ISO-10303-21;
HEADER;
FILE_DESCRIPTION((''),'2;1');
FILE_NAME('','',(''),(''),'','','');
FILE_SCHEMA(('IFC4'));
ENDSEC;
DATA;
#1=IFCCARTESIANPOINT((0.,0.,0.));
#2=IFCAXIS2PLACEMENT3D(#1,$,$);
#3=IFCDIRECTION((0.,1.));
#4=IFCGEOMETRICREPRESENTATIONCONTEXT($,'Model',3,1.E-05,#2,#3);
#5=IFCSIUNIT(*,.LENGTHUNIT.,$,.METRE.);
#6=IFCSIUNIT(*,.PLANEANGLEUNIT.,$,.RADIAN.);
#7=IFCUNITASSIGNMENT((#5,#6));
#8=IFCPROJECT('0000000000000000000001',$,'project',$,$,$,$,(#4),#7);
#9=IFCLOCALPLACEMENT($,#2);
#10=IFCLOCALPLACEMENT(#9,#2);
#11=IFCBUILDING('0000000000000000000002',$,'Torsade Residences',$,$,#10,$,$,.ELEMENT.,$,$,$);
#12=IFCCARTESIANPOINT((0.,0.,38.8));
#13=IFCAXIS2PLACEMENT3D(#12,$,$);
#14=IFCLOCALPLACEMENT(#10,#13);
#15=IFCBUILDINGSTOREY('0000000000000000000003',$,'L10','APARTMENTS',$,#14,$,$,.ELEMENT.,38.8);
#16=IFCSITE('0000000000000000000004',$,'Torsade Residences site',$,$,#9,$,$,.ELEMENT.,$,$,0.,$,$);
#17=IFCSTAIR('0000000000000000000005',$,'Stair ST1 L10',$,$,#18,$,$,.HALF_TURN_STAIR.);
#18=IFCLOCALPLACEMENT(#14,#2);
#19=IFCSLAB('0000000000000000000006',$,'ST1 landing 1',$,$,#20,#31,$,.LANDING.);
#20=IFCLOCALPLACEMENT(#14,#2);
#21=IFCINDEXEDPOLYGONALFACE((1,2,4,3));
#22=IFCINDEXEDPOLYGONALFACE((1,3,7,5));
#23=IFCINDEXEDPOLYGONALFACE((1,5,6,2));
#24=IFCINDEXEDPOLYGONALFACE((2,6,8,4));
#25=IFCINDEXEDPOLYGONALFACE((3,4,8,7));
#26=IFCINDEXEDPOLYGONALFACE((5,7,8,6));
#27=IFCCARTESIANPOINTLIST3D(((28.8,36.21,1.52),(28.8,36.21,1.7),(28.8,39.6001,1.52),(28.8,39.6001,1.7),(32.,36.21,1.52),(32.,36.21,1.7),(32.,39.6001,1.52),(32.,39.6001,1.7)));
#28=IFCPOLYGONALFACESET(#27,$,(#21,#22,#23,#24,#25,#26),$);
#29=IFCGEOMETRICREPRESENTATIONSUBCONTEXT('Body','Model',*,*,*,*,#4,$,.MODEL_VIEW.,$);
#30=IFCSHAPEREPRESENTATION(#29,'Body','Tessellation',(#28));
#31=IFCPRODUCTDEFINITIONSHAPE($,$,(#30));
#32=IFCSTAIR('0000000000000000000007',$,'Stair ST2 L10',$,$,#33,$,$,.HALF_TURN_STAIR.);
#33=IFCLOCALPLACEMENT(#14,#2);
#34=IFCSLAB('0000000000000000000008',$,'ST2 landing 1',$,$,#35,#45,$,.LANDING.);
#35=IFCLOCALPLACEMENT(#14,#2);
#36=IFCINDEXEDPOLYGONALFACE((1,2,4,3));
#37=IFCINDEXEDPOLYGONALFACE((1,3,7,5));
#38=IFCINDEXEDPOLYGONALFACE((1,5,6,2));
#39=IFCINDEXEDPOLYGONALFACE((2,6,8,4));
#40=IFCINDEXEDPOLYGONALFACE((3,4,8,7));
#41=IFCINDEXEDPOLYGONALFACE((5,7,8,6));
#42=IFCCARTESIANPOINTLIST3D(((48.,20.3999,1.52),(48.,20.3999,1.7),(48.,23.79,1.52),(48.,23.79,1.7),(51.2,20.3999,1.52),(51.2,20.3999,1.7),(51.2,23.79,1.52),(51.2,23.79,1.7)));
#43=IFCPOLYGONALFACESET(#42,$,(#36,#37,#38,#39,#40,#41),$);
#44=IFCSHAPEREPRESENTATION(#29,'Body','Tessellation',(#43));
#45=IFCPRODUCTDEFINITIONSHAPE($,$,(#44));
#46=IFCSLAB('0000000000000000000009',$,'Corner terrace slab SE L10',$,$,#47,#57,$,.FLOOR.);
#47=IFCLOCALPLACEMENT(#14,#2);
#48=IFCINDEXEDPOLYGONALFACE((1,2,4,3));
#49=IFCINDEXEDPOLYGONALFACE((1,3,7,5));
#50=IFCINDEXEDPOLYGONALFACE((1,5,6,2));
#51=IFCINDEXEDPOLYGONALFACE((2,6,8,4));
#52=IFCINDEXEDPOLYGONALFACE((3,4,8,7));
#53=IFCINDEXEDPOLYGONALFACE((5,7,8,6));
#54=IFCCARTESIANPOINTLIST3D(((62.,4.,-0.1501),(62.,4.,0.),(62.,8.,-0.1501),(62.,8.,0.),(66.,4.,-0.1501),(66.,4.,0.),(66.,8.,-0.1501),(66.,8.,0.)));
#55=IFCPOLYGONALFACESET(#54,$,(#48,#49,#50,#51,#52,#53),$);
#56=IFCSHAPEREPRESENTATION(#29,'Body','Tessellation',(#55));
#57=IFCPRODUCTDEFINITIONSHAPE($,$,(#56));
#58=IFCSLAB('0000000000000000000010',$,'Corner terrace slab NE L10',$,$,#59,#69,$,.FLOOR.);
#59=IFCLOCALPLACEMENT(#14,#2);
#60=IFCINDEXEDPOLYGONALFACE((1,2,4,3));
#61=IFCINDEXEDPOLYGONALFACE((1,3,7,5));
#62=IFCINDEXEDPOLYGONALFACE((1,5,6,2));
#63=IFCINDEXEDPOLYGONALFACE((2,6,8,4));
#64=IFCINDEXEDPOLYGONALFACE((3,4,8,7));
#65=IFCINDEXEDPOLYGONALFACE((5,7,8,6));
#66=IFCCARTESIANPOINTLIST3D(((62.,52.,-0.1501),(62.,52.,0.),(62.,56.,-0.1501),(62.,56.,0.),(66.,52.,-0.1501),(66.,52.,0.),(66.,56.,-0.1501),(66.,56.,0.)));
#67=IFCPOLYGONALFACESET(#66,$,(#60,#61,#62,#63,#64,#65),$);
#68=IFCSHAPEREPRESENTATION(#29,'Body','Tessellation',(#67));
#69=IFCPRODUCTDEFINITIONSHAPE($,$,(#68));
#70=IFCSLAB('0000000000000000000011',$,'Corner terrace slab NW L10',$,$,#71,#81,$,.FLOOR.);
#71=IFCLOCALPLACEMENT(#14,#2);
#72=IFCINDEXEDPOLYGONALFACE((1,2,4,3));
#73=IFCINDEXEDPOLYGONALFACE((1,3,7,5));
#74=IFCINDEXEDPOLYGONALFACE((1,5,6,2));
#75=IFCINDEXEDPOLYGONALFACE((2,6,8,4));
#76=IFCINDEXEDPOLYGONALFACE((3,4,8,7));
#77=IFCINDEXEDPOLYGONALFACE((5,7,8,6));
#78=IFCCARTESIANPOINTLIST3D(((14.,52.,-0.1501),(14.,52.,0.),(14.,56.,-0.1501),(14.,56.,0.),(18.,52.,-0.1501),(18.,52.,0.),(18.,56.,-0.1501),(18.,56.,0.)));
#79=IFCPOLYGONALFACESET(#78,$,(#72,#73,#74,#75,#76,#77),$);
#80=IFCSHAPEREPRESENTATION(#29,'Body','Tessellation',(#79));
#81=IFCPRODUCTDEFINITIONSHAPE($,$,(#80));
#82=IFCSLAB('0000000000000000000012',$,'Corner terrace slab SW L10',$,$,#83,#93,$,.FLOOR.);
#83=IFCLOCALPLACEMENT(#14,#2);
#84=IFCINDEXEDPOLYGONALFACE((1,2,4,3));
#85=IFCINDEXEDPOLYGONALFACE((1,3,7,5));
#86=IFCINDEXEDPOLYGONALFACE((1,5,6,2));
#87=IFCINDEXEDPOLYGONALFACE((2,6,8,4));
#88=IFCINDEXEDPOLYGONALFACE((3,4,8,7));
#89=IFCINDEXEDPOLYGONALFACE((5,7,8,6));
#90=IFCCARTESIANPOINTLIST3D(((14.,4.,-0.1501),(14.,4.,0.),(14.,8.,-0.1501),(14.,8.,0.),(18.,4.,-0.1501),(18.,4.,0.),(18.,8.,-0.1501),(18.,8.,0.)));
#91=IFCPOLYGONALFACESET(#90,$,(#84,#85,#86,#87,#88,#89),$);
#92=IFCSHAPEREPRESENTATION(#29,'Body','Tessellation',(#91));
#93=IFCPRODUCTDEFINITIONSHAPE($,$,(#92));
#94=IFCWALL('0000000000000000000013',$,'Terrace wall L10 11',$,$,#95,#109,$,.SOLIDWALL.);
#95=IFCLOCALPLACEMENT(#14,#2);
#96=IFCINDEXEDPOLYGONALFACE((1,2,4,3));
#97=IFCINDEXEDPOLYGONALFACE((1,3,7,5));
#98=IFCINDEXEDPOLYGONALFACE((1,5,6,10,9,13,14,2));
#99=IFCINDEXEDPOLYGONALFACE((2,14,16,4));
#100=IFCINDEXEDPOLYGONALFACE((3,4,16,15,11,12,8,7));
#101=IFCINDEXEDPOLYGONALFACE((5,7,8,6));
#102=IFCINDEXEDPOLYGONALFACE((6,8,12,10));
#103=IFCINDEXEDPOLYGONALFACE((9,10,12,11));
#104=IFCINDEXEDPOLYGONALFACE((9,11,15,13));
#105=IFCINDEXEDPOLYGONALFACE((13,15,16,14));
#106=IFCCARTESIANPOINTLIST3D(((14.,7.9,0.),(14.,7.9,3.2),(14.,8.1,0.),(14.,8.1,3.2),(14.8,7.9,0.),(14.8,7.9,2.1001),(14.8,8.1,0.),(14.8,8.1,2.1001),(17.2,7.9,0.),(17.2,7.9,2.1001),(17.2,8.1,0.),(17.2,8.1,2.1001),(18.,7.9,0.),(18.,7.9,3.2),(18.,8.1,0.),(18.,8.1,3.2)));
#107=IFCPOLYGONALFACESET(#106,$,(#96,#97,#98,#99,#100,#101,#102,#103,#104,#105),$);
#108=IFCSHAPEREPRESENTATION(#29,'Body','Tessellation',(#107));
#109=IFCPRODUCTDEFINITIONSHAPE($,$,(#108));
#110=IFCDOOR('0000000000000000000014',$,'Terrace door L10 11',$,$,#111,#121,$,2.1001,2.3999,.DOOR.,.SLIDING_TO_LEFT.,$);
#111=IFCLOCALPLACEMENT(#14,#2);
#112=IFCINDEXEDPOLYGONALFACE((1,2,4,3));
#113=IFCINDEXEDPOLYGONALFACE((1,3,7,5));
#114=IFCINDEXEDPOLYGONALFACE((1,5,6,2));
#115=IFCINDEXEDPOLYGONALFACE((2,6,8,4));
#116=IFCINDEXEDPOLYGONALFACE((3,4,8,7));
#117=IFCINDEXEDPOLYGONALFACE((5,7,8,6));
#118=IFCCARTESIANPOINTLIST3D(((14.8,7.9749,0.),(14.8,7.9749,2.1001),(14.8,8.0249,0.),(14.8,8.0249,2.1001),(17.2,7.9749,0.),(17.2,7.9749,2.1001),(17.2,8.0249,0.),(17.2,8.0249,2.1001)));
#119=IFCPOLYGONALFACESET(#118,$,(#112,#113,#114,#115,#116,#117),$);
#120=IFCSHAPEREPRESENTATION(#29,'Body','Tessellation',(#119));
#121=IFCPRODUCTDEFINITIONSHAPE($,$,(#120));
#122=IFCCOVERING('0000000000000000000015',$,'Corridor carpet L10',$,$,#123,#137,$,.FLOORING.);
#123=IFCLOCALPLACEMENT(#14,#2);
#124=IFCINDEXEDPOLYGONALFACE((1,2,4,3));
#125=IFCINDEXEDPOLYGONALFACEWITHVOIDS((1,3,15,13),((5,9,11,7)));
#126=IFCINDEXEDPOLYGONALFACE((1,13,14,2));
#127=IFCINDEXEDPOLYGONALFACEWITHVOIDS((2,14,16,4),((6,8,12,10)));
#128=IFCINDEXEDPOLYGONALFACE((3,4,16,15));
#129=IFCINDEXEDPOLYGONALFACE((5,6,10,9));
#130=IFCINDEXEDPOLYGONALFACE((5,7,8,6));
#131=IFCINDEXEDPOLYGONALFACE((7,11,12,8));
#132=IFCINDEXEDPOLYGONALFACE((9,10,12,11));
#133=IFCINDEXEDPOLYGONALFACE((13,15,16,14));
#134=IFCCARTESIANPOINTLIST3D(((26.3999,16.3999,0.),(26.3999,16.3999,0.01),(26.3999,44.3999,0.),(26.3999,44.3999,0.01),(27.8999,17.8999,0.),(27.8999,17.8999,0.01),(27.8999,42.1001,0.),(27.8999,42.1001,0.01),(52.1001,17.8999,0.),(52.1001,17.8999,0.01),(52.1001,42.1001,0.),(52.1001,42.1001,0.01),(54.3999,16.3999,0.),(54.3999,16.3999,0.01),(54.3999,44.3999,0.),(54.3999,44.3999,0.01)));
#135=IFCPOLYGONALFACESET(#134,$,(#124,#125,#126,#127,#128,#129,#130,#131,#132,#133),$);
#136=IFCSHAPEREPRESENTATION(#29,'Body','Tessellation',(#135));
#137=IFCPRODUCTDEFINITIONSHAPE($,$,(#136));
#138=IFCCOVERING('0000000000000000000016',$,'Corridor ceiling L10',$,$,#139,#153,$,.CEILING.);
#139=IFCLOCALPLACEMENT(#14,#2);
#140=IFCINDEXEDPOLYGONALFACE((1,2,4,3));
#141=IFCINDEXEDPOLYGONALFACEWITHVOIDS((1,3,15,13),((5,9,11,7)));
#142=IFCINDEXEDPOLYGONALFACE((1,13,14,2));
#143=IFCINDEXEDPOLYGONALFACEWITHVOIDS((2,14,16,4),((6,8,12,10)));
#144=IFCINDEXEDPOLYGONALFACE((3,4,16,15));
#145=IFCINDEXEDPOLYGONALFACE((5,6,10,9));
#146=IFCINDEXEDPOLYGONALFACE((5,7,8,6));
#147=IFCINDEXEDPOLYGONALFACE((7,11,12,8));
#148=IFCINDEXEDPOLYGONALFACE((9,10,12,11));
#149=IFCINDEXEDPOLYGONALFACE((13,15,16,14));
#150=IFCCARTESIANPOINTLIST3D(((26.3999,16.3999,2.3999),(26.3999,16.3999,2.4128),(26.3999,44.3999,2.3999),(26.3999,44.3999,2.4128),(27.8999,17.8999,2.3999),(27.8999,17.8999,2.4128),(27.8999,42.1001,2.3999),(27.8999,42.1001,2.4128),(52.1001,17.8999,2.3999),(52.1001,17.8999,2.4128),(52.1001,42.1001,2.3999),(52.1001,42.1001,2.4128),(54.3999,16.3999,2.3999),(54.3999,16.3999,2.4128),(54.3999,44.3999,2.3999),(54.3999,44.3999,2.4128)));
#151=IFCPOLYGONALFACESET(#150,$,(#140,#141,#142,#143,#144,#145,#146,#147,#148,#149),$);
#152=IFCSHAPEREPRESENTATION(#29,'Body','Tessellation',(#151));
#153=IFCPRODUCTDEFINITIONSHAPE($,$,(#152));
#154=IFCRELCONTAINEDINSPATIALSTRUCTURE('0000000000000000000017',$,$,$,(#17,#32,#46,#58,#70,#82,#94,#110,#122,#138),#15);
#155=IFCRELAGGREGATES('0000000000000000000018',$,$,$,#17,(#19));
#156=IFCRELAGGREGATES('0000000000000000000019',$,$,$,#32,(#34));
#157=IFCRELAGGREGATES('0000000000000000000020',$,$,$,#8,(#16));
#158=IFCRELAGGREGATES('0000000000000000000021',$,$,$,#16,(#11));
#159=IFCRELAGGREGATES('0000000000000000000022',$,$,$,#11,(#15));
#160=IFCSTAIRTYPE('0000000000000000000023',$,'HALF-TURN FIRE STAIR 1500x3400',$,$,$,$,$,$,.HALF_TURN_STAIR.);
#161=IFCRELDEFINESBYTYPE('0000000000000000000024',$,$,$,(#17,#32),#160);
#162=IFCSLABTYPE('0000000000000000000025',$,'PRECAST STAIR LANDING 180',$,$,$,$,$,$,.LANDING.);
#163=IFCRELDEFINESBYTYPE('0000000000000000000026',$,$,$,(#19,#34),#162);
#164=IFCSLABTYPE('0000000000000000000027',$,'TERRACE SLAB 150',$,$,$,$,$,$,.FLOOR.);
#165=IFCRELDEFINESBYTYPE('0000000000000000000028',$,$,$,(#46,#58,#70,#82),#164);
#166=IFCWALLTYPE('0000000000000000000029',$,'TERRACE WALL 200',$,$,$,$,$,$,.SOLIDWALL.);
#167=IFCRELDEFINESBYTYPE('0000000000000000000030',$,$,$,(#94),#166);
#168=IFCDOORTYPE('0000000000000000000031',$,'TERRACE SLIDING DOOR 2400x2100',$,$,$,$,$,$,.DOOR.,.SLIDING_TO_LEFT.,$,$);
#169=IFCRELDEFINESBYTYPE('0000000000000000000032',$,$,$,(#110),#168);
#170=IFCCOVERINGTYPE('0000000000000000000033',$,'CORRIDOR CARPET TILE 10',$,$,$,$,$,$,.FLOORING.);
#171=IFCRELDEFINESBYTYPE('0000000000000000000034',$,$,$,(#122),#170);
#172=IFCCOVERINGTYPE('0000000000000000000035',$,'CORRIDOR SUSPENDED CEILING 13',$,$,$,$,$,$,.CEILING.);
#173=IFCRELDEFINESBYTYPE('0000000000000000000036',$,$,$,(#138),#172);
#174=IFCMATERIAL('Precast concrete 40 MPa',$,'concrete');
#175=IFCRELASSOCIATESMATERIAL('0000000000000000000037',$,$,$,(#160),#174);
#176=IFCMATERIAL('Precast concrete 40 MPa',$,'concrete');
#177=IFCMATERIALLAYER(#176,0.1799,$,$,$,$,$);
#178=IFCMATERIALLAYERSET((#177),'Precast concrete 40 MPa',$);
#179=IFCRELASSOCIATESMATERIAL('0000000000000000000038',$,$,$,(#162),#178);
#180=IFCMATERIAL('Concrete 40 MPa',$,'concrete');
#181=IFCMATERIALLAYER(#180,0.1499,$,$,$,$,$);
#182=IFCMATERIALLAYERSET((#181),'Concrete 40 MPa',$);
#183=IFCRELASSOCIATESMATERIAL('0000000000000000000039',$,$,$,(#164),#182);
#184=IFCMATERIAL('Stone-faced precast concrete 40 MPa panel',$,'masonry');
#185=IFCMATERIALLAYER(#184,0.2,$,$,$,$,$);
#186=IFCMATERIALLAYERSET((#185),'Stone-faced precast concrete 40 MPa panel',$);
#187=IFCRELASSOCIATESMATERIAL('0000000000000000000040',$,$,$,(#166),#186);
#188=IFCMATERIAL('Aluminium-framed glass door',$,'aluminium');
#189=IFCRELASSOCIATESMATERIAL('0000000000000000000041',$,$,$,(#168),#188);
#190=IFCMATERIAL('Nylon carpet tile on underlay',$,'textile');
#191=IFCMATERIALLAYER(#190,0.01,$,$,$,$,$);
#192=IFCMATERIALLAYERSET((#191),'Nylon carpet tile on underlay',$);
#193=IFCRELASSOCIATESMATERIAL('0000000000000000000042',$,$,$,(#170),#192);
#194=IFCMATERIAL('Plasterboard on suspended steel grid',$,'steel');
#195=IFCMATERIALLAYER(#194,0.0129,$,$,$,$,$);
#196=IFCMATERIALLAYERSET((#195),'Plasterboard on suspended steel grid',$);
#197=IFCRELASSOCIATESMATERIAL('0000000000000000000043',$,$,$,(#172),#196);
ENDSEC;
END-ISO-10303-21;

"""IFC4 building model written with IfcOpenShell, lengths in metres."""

from ifc_helpers import new_model, si_unit, direction, frame, frame_2d, origin, place, context, subcontext, project, spatial, polyline, rectangle, outline, extrude, material, layer, layer_set, type_object, element, fill, aggregate, save


model = new_model("IFC4")

# Units and contexts
model_context = context("Model", 3, precision=1e-05, world=origin(), true_north=direction((0.0, 1.0)))
body_context = subcontext(model_context, "Body", "Model", "MODEL_VIEW")
ifc_project = project(units=[si_unit("LENGTHUNIT", "METRE"), si_unit("PLANEANGLEUNIT", "RADIAN")], contexts=[model_context])

# Site, building, storey
site_placement = place(None, origin())
site = spatial("IfcSite", under=ifc_project, at=site_placement, Name="Torsade Residences site", CompositionType="ELEMENT", RefElevation=0.0)
building_placement = place(site_placement, origin())
building = spatial("IfcBuilding", under=site, at=building_placement, Name="Torsade Residences", CompositionType="ELEMENT")
storey_placement = place(building_placement, frame((0.0, 0.0, 38.8)))
storey = spatial("IfcBuildingStorey", under=building, at=storey_placement, Name="L10", Description="APARTMENTS", CompositionType="ELEMENT", Elevation=38.8)

# Stairs, slabs
ifc_material_1 = material(Name="Precast concrete 40 MPa", Category="concrete")
stair_type = type_object("IfcStairType", Name="HALF-TURN FIRE STAIR 1500x3400", PredefinedType="HALF_TURN_STAIR", material=ifc_material_1)
stair_1_placement = place(storey_placement, origin())
stair_1 = element("IfcStair", 1, at=stair_1_placement, inside=storey, type_object=stair_type, Name="Stair ST1 L10", PredefinedType="HALF_TURN_STAIR")
ifc_material_2 = material(Name="Precast concrete 40 MPa", Category="concrete")
ifc_layer_1 = layer(ifc_material_2, 0.1799)
ifc_layer_set_1 = layer_set([ifc_layer_1], Name="Precast concrete 40 MPa")
slab_type_1 = type_object("IfcSlabType", Name="PRECAST STAIR LANDING 180", PredefinedType="LANDING", material=ifc_layer_set_1)
slab_1_placement = place(storey_placement, frame((0.0, 0.0, 1.52)))
slab_1 = element("IfcSlab", 2, at=slab_1_placement, type_object=slab_type_1, Name="ST1 landing 1", PredefinedType="LANDING", context=body_context, shape_type="SweptSolid", body=[
    extrude(outline(polyline([(28.8, 36.21), (32.0, 36.21), (32.0, 39.6001), (28.8, 39.6001), (28.8, 36.21)])), origin(), (0.0, 0.0, 1.0), 0.1799),
])
aggregate(stair_1, [slab_1])
stair_2_placement = place(storey_placement, origin())
stair_2 = element("IfcStair", 3, at=stair_2_placement, inside=storey, type_object=stair_type, Name="Stair ST2 L10", PredefinedType="HALF_TURN_STAIR")
slab_2_placement = place(storey_placement, frame((0.0, 0.0, 1.52)))
slab_2 = element("IfcSlab", 4, at=slab_2_placement, type_object=slab_type_1, Name="ST2 landing 1", PredefinedType="LANDING", context=body_context, shape_type="SweptSolid", body=[
    extrude(outline(polyline([(48.0, 20.3999), (51.2, 20.3999), (51.2, 23.79), (48.0, 23.79), (48.0, 20.3999)])), origin(), (0.0, 0.0, 1.0), 0.1799),
])
aggregate(stair_2, [slab_2])

# Slabs
ifc_material_3 = material(Name="Concrete 40 MPa", Category="concrete")
ifc_layer_2 = layer(ifc_material_3, 0.1499)
ifc_layer_set_2 = layer_set([ifc_layer_2], Name="Concrete 40 MPa")
slab_type_2 = type_object("IfcSlabType", Name="TERRACE SLAB 150", PredefinedType="FLOOR", material=ifc_layer_set_2)
slab_3_placement = place(storey_placement, frame((0.0, 0.0, -0.1501)))
element("IfcSlab", 5, at=slab_3_placement, inside=storey, type_object=slab_type_2, Name="Corner terrace slab SE L10", PredefinedType="FLOOR", context=body_context, shape_type="SweptSolid", body=[
    extrude(outline(polyline([(62.0, 4.0), (66.0, 4.0), (66.0, 8.0), (62.0, 8.0), (62.0, 4.0)])), origin(), (0.0, 0.0, 1.0), 0.1501),
])
slab_4_placement = place(storey_placement, frame((0.0, 0.0, -0.1501)))
element("IfcSlab", 6, at=slab_4_placement, inside=storey, type_object=slab_type_2, Name="Corner terrace slab NE L10", PredefinedType="FLOOR", context=body_context, shape_type="SweptSolid", body=[
    extrude(outline(polyline([(62.0, 52.0), (66.0, 52.0), (66.0, 56.0), (62.0, 56.0), (62.0, 52.0)])), origin(), (0.0, 0.0, 1.0), 0.1501),
])
slab_5_placement = place(storey_placement, frame((0.0, 0.0, -0.1501)))
element("IfcSlab", 7, at=slab_5_placement, inside=storey, type_object=slab_type_2, Name="Corner terrace slab NW L10", PredefinedType="FLOOR", context=body_context, shape_type="SweptSolid", body=[
    extrude(outline(polyline([(14.0, 52.0), (18.0, 52.0), (18.0, 56.0), (14.0, 56.0), (14.0, 52.0)])), origin(), (0.0, 0.0, 1.0), 0.1501),
])
slab_6_placement = place(storey_placement, frame((0.0, 0.0, -0.1501)))
element("IfcSlab", 8, at=slab_6_placement, inside=storey, type_object=slab_type_2, Name="Corner terrace slab SW L10", PredefinedType="FLOOR", context=body_context, shape_type="SweptSolid", body=[
    extrude(outline(polyline([(14.0, 4.0), (18.0, 4.0), (18.0, 8.0), (14.0, 8.0), (14.0, 4.0)])), origin(), (0.0, 0.0, 1.0), 0.1501),
])

# Wall, opening, door
ifc_material_4 = material(Name="Stone-faced precast concrete 40 MPa panel", Category="masonry")
ifc_layer_3 = layer(ifc_material_4, 0.2)
ifc_layer_set_3 = layer_set([ifc_layer_3], Name="Stone-faced precast concrete 40 MPa panel")
wall_type = type_object("IfcWallType", Name="TERRACE WALL 200", PredefinedType="SOLIDWALL", material=ifc_layer_set_3)
wall_placement = place(storey_placement, frame((14.0, 8.0, 0.0), z_axis=(0.0, 0.0, 1.0), x_axis=(1.0, 0.0, 0.0)))
wall = element("IfcWall", 9, at=wall_placement, inside=storey, type_object=wall_type, Name="Terrace wall L10 11", PredefinedType="SOLIDWALL", context=body_context, shape_type="SweptSolid", body=[
    extrude(rectangle(XDim=4.0, YDim=0.2, at=frame_2d((2.0, 0.0))), origin(), (0.0, 0.0, 1.0), 3.2),
])
opening_placement = place(wall_placement, frame((0.8, 0.0, 0.0)))
opening = element("IfcOpeningElement", 10, at=opening_placement, cuts=wall, PredefinedType="OPENING", context=body_context, shape_type="SweptSolid", body=[
    extrude(rectangle(XDim=2.3999, YDim=2.1001, at=frame_2d((1.2, 1.05))), frame((0.0, 0.1099, 0.0), z_axis=(0.0, -1.0, 0.0), x_axis=(1.0, 0.0, 0.0)), (0.0, 0.0, 1.0), 0.22),
])
ifc_material_5 = material(Name="Aluminium-framed glass door", Category="aluminium")
door_type = type_object("IfcDoorType", Name="TERRACE SLIDING DOOR 2400x2100", OperationType="SLIDING_TO_LEFT", PredefinedType="DOOR", material=ifc_material_5)
door_placement = place(opening_placement, origin())
door = element("IfcDoor", 11, at=door_placement, inside=storey, type_object=door_type, Name="Terrace door L10 11", OperationType="SLIDING_TO_LEFT", OverallHeight=2.1001, OverallWidth=2.3999, PredefinedType="DOOR", context=body_context, shape_type="SweptSolid", body=[
    extrude(rectangle(XDim=2.3999, YDim=2.1001, at=frame_2d((1.2, 1.05))), frame((0.0, 0.0249, 0.0), z_axis=(0.0, -1.0, 0.0), x_axis=(1.0, 0.0, 0.0)), (0.0, 0.0, 1.0), 0.05),
])
fill(opening, door)

# Coverings
ifc_material_6 = material(Name="Nylon carpet tile on underlay", Category="textile")
ifc_layer_4 = layer(ifc_material_6, 0.01)
ifc_layer_set_4 = layer_set([ifc_layer_4], Name="Nylon carpet tile on underlay")
covering_type_1 = type_object("IfcCoveringType", Name="CORRIDOR CARPET TILE 10", PredefinedType="FLOORING", material=ifc_layer_set_4)
covering_1_placement = place(storey_placement, origin())
element("IfcCovering", 12, at=covering_1_placement, inside=storey, type_object=covering_type_1, Name="Corridor carpet L10", PredefinedType="FLOORING", context=body_context, shape_type="SweptSolid", body=[
    extrude(outline(polyline([(54.3999, 16.3999), (54.3999, 44.3999), (26.3999, 44.3999), (26.3999, 16.3999), (54.3999, 16.3999)]), holes=[polyline([(52.1001, 42.1001), (27.8999, 42.1001), (27.8999, 17.8999), (52.1001, 17.8999), (52.1001, 42.1001)])]), origin(), (0.0, 0.0, 1.0), 0.01),
])
ifc_material_7 = material(Name="Plasterboard on suspended steel grid", Category="steel")
ifc_layer_5 = layer(ifc_material_7, 0.0129)
ifc_layer_set_5 = layer_set([ifc_layer_5], Name="Plasterboard on suspended steel grid")
covering_type_2 = type_object("IfcCoveringType", Name="CORRIDOR SUSPENDED CEILING 13", PredefinedType="CEILING", material=ifc_layer_set_5)
covering_2_placement = place(storey_placement, frame((0.0, 0.0, 2.3999)))
element("IfcCovering", 13, at=covering_2_placement, inside=storey, type_object=covering_type_2, Name="Corridor ceiling L10", PredefinedType="CEILING", context=body_context, shape_type="SweptSolid", body=[
    extrude(outline(polyline([(54.3999, 16.3999), (54.3999, 44.3999), (26.3999, 44.3999), (26.3999, 16.3999), (54.3999, 16.3999)]), holes=[polyline([(52.1001, 42.1001), (27.8999, 42.1001), (27.8999, 17.8999), (52.1001, 17.8999), (52.1001, 42.1001)])]), origin(), (0.0, 0.0, 1.0), 0.0129),
])

save(model, "model.ifc")
